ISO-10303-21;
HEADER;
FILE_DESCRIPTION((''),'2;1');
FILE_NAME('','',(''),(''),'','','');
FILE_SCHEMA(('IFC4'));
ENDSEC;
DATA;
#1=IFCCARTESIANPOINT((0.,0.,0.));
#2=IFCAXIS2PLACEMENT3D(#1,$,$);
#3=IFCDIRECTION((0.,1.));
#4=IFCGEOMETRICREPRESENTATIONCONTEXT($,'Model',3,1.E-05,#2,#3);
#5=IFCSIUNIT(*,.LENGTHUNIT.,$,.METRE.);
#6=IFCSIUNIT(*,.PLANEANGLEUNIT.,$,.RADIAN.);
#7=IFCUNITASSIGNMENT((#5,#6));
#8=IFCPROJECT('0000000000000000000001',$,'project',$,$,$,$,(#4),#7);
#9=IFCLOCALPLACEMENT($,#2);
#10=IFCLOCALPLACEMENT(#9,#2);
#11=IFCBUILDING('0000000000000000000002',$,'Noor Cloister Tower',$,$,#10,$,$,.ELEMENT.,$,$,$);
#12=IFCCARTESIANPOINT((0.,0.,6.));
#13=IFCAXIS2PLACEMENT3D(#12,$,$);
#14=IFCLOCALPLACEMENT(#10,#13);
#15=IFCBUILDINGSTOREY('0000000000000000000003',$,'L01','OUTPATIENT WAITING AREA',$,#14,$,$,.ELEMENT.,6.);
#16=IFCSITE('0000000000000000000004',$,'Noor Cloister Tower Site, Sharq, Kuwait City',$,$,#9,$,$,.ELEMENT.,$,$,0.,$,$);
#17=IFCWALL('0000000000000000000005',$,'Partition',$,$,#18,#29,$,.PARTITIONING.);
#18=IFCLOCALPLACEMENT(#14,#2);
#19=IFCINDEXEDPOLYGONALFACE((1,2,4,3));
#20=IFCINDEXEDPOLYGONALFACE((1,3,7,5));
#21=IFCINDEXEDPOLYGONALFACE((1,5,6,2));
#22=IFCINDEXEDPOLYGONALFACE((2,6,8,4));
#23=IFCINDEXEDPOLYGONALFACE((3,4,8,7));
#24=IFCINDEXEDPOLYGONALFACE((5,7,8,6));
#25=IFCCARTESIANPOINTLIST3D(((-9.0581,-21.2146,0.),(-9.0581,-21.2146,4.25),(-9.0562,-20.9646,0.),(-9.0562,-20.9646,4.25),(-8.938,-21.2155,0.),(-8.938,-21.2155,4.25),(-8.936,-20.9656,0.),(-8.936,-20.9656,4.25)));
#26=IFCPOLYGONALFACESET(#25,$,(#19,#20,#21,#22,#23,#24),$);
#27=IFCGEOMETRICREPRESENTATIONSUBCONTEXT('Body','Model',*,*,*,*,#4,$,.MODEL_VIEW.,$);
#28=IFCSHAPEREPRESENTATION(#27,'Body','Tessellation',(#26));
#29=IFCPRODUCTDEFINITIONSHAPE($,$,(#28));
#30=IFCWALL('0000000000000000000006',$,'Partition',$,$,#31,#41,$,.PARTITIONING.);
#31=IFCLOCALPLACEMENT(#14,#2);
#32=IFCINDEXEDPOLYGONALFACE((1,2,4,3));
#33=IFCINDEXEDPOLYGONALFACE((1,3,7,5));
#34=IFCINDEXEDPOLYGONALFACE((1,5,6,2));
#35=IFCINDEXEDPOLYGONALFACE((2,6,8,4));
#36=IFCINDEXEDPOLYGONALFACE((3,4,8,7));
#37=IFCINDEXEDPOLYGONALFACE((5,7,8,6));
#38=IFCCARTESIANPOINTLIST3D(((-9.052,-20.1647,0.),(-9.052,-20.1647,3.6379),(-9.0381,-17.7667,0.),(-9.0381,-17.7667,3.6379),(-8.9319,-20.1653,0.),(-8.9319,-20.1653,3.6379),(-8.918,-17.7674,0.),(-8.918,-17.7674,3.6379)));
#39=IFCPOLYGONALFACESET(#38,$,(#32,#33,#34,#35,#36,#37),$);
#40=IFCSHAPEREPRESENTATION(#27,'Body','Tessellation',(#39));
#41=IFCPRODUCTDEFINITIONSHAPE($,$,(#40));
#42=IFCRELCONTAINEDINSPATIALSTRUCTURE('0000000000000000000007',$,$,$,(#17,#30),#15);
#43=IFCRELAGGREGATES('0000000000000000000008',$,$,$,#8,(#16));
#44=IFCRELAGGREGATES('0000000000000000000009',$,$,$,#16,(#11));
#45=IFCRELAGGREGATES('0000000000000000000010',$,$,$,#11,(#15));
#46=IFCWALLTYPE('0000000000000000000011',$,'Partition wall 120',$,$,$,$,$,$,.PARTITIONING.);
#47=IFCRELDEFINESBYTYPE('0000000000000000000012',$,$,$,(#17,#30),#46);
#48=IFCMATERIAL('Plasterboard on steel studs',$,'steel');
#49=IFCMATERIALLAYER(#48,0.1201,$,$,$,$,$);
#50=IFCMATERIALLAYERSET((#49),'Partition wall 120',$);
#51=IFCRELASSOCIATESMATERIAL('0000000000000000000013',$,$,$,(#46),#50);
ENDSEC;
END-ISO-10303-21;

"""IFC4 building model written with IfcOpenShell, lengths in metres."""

from ifc_helpers import new_model, si_unit, direction, frame, frame_2d, origin, place, context, subcontext, project, spatial, rectangle, extrude, material, layer, layer_set, type_object, element, save


model = new_model("IFC4")

# Units and contexts
model_context = context("Model", 3, precision=1e-05, world=origin(), true_north=direction((0.0, 1.0)))
body_context = subcontext(model_context, "Body", "Model", "MODEL_VIEW")
ifc_project = project(units=[si_unit("LENGTHUNIT", "METRE"), si_unit("PLANEANGLEUNIT", "RADIAN")], contexts=[model_context])

# Site, building, storey
site_placement = place(None, origin())
site = spatial("IfcSite", under=ifc_project, at=site_placement, Name="Noor Cloister Tower Site, Sharq, Kuwait City", CompositionType="ELEMENT", RefElevation=0.0)
building_placement = place(site_placement, origin())
building = spatial("IfcBuilding", under=site, at=building_placement, Name="Noor Cloister Tower", CompositionType="ELEMENT")
storey_placement = place(building_placement, frame((0.0, 0.0, 6.0)))
storey = spatial("IfcBuildingStorey", under=building, at=storey_placement, Name="L01", Description="OUTPATIENT WAITING AREA", CompositionType="ELEMENT", Elevation=6.0)

# Walls
ifc_material_1 = material(Name="Plasterboard on steel studs", Category="steel")
ifc_layer_1 = layer(ifc_material_1, 0.1201)
ifc_layer_set_1 = layer_set([ifc_layer_1], Name="Partition wall 120")
wall_type_1 = type_object("IfcWallType", Name="Partition wall 120", PredefinedType="PARTITIONING", material=ifc_layer_set_1)
wall_1_placement = place(storey_placement, frame((-8.9961, -20.9651, 0.0), z_axis=(0.0, 0.0, 1.0), x_axis=(-0.007812, -0.999969, 0.0)))
element("IfcWall", 1, at=wall_1_placement, inside=storey, type_object=wall_type_1, Name="Partition", PredefinedType="PARTITIONING", context=body_context, shape_type="SweptSolid", body=[
    extrude(rectangle(XDim=0.25, YDim=0.1201, at=frame_2d((0.125, 0.0))), origin(), (0.0, 0.0, 1.0), 4.25),
])
wall_2_placement = place(storey_placement, frame((-8.978, -17.7671, 0.0), z_axis=(0.0, 0.0, 1.0), x_axis=(-0.005803, -0.999983, 0.0)))
element("IfcWall", 2, at=wall_2_placement, inside=storey, type_object=wall_type_1, Name="Partition", PredefinedType="PARTITIONING", context=body_context, shape_type="SweptSolid", body=[
    extrude(rectangle(XDim=2.3979, YDim=0.1201, at=frame_2d((1.199, 0.0))), origin(), (0.0, 0.0, 1.0), 3.6379),
])

save(model, "model.ifc")
